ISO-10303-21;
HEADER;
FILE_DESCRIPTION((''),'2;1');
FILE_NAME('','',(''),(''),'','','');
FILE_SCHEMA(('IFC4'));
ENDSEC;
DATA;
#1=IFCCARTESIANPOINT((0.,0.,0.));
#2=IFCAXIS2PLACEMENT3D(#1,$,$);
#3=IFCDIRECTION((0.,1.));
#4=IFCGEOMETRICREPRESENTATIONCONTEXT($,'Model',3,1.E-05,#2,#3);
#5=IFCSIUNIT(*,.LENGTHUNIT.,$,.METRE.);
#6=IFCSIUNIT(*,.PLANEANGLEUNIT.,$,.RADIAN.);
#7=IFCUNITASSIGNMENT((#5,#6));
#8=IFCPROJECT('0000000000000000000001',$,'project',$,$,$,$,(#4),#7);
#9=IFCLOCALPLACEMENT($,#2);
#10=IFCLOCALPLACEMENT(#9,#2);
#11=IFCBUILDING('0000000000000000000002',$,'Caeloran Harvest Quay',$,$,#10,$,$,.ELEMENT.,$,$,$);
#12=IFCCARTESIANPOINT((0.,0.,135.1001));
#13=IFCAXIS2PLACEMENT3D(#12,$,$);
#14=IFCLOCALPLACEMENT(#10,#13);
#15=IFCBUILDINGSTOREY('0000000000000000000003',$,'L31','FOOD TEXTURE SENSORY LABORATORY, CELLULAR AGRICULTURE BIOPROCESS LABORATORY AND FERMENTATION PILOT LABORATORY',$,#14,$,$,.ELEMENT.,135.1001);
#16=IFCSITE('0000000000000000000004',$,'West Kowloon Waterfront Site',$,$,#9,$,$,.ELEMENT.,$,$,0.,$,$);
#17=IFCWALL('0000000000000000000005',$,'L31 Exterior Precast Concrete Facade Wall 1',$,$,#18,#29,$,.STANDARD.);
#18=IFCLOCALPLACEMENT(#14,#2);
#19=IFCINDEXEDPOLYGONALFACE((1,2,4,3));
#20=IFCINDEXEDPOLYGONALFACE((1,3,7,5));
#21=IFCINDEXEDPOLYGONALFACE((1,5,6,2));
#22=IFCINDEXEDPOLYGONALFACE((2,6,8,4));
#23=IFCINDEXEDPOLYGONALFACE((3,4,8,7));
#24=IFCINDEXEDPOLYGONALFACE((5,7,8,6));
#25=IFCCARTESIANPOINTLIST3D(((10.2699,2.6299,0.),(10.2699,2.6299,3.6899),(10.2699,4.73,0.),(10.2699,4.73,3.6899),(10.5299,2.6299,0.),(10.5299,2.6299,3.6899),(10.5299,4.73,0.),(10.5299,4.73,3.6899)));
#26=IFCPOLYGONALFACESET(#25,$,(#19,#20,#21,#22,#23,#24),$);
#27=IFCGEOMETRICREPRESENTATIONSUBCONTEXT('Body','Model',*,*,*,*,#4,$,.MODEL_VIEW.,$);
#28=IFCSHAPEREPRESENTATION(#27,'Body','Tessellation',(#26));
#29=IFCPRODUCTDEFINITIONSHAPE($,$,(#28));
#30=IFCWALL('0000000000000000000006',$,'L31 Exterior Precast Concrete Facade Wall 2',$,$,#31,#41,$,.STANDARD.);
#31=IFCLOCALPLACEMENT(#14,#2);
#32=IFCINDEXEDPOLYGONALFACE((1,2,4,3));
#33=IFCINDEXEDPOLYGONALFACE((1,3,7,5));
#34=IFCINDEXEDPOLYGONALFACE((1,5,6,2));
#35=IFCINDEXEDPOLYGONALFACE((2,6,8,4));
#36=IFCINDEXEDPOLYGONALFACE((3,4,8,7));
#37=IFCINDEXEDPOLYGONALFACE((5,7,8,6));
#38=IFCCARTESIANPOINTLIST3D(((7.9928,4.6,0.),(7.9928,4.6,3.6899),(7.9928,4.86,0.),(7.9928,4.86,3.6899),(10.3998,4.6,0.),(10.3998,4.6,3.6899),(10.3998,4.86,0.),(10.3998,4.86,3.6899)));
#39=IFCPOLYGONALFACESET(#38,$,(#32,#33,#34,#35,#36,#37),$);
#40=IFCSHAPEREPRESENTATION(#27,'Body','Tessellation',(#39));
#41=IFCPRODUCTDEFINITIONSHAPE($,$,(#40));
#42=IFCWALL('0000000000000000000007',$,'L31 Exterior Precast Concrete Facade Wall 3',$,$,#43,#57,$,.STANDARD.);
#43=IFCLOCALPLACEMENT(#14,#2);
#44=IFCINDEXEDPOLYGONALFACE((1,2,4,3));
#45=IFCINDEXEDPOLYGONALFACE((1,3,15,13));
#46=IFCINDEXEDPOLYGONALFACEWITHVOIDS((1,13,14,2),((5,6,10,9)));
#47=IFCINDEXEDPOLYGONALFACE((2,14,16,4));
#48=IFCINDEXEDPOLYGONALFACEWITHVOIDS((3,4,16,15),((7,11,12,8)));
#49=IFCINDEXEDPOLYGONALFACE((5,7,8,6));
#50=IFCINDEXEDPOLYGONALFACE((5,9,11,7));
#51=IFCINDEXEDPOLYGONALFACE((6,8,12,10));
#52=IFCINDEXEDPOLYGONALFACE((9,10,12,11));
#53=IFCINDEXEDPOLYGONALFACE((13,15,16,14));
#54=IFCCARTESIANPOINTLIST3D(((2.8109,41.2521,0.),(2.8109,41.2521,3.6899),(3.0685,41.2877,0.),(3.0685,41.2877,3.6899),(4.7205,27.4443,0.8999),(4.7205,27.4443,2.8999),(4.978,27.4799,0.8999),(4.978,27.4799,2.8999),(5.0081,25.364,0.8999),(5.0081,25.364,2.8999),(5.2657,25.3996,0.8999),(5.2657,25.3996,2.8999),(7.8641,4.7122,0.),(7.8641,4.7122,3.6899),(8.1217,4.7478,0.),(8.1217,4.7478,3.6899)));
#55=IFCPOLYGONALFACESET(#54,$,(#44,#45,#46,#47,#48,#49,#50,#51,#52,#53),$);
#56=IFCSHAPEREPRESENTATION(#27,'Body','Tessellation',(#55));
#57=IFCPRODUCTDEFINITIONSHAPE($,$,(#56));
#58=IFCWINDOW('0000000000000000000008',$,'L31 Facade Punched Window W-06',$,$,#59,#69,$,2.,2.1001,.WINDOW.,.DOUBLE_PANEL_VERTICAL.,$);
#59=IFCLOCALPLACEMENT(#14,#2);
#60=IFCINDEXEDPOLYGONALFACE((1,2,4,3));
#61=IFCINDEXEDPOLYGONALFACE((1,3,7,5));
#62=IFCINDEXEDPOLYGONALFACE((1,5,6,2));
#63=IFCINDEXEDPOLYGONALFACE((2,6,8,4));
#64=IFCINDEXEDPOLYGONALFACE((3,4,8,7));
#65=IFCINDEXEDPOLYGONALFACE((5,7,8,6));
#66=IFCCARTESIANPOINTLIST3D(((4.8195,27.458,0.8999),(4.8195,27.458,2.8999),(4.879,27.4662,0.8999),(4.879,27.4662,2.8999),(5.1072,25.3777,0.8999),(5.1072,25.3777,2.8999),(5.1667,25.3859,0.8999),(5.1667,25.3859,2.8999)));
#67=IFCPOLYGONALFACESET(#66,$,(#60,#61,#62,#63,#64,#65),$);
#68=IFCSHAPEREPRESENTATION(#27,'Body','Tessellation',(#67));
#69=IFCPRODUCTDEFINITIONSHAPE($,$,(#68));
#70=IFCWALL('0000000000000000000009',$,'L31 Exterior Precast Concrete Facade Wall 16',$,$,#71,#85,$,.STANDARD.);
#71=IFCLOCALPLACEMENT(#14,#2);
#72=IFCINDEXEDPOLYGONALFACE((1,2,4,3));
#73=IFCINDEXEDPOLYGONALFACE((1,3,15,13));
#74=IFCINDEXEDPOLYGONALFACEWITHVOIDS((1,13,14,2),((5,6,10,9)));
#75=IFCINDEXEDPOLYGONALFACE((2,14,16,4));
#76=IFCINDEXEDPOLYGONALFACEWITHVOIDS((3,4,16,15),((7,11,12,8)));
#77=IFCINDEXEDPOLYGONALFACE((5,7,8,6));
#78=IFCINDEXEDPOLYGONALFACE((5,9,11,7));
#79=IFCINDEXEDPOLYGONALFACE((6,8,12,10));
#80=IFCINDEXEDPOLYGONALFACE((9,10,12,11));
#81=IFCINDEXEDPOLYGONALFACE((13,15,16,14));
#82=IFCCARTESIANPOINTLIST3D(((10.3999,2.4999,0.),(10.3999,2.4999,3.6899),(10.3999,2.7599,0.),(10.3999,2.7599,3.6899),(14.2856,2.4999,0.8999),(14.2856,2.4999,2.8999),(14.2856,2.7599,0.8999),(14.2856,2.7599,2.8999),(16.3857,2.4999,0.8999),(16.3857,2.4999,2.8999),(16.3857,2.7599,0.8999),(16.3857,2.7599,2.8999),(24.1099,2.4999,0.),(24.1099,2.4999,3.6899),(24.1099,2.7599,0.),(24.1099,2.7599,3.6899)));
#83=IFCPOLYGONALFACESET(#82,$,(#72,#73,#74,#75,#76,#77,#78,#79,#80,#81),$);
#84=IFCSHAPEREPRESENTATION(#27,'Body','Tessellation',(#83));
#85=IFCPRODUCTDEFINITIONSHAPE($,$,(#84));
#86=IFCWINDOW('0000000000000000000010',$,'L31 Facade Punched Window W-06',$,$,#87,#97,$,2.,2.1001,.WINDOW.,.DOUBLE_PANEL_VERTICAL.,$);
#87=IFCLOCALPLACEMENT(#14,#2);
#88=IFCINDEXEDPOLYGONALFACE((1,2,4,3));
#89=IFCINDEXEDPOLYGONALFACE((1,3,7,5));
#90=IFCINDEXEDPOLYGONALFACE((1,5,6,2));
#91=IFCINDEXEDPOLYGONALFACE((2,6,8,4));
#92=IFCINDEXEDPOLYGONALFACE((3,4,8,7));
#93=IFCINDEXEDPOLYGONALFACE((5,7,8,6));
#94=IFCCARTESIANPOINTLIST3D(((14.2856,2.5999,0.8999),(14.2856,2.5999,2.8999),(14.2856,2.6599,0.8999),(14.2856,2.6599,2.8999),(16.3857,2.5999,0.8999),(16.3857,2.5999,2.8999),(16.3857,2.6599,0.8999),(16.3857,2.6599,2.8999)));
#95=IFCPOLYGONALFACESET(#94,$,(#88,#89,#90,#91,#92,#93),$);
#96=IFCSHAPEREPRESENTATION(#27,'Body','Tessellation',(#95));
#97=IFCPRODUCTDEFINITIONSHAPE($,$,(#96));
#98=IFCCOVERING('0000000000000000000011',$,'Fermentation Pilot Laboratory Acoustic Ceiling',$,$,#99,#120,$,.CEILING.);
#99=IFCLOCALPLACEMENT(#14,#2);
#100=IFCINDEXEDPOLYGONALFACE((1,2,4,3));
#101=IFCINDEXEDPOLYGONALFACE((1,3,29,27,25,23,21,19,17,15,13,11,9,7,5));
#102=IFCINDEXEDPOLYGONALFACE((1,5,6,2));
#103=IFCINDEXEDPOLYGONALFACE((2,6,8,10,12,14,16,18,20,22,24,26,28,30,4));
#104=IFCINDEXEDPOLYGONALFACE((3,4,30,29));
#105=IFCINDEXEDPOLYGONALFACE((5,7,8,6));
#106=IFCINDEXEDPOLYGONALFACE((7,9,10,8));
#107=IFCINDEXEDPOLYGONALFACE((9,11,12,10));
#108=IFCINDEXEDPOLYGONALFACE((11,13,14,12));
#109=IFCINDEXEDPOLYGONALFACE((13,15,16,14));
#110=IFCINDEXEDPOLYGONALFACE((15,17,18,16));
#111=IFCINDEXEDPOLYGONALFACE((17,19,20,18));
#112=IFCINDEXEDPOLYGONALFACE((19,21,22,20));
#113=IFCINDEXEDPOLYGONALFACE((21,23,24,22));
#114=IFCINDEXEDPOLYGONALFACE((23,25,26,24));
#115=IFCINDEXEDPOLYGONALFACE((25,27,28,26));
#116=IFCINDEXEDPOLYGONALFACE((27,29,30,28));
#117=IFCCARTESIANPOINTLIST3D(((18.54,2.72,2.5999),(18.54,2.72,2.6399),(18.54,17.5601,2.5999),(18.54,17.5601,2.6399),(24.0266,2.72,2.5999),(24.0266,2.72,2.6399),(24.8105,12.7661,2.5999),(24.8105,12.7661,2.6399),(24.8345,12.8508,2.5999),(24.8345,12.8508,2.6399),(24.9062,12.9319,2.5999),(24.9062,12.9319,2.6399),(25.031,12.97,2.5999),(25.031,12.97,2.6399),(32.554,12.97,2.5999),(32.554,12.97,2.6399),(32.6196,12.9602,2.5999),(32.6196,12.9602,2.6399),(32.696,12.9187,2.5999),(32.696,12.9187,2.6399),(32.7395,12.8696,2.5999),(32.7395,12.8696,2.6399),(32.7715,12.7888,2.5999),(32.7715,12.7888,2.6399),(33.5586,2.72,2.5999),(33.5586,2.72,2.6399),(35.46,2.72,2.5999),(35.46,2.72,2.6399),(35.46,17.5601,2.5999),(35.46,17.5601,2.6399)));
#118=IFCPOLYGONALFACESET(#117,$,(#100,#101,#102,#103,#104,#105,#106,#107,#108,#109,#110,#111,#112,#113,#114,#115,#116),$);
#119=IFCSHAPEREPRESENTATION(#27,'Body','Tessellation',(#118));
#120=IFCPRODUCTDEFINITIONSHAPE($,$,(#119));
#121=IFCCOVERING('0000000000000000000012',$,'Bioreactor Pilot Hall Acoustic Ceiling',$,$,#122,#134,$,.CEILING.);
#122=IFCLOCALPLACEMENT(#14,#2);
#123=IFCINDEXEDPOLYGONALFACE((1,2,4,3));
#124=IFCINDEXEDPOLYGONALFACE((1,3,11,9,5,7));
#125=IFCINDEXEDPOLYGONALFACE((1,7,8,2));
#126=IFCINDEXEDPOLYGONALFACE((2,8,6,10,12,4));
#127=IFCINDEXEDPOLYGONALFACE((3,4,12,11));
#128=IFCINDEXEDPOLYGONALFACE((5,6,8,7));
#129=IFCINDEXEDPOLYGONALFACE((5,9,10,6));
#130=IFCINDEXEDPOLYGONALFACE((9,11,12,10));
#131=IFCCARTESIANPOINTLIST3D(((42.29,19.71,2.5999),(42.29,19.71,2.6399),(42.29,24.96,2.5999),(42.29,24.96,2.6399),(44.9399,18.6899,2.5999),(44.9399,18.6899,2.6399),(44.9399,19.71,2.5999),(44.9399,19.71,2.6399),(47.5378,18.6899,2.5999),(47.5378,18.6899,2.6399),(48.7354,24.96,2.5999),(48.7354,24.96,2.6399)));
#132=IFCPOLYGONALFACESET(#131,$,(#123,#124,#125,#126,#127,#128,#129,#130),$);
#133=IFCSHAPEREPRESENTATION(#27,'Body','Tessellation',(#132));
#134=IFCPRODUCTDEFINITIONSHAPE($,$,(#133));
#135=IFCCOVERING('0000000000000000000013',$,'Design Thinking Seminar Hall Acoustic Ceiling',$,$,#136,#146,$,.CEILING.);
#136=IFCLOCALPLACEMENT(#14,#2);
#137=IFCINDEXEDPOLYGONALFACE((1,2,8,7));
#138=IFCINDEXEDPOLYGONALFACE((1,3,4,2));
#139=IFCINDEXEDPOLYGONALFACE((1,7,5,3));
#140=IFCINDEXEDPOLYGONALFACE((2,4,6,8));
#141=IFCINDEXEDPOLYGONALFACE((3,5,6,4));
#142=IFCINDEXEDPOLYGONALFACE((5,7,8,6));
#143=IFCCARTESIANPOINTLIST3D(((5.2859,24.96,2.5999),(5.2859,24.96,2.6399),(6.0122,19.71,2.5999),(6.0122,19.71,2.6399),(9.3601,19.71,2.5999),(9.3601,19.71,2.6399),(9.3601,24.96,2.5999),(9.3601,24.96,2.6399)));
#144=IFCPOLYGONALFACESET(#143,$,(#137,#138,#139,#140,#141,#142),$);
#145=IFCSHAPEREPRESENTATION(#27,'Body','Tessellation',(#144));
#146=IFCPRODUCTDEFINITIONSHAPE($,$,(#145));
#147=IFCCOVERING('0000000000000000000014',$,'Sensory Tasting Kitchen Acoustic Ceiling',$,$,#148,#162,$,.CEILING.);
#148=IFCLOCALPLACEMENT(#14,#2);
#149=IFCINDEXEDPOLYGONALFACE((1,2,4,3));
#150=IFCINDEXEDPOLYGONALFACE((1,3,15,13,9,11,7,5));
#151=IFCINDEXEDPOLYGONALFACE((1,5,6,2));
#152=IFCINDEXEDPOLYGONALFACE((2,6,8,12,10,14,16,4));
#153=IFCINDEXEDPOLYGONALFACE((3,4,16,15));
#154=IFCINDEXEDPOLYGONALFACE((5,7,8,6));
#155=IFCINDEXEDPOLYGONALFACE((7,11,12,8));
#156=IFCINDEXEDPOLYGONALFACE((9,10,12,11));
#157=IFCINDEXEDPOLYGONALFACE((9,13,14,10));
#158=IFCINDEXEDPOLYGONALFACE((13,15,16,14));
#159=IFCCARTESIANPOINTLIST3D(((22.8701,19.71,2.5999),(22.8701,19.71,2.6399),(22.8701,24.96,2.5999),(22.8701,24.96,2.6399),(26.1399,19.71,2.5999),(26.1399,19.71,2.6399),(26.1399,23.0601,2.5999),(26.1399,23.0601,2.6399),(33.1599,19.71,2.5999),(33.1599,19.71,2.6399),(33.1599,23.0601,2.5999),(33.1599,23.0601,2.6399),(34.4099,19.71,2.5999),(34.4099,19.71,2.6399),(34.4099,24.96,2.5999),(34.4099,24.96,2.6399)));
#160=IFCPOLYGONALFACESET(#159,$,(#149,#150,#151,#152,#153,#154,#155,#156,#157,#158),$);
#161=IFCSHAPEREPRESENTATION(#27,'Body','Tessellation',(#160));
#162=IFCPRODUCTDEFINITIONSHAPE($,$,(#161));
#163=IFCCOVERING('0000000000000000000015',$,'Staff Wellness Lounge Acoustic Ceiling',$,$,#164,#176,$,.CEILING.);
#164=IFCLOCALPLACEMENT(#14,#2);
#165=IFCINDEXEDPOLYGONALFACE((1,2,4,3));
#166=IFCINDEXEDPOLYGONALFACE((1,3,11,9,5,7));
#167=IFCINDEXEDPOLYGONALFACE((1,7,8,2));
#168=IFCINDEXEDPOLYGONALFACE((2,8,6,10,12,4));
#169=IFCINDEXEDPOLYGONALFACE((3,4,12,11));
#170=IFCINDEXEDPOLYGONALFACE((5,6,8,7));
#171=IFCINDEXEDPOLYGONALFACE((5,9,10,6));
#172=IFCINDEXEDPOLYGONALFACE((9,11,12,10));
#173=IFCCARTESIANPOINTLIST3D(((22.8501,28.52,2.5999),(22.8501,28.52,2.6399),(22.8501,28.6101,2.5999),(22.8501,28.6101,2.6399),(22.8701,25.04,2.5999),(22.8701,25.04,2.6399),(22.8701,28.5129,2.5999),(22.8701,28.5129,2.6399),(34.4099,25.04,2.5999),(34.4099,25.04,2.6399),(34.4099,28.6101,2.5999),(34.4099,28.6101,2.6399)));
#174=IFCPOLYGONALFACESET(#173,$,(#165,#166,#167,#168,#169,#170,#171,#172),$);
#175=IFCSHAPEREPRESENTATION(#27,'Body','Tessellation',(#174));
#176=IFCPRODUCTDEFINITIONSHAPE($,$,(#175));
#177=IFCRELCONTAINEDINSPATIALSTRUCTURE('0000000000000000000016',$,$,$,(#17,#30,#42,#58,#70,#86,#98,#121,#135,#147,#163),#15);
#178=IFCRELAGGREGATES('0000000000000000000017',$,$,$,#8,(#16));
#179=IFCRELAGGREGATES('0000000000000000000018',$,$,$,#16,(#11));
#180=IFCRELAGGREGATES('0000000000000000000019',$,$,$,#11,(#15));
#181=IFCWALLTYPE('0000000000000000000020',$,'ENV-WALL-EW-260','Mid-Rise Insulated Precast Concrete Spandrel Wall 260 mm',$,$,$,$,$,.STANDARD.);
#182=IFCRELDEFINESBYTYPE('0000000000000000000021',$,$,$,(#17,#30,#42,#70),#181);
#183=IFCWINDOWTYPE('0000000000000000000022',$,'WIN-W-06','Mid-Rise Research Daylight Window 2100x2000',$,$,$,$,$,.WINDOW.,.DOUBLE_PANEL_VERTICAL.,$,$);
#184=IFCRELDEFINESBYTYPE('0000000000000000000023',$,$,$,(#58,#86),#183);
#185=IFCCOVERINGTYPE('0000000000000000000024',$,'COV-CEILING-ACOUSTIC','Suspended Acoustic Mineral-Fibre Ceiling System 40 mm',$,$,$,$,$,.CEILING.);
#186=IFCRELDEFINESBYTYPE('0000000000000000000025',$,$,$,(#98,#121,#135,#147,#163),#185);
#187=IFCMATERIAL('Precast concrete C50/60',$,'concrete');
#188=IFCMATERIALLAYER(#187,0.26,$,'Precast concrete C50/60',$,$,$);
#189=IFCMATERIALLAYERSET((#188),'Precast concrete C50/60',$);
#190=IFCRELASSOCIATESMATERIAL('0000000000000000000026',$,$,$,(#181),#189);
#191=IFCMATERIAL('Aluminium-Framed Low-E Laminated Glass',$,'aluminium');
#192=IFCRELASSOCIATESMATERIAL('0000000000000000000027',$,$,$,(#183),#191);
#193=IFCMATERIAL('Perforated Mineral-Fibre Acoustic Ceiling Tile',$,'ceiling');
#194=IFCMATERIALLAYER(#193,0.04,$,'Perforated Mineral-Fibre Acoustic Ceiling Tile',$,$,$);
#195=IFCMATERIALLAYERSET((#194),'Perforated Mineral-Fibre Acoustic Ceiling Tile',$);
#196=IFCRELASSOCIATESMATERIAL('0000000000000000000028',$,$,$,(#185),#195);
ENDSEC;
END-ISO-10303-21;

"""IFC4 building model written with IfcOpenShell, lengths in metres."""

from ifc_helpers import new_model, si_unit, direction, frame, frame_2d, origin, place, context, subcontext, project, spatial, polyline, rectangle, outline, extrude, material, layer, layer_set, type_object, element, fill, save


model = new_model("IFC4")

# Units and contexts
model_context = context("Model", 3, precision=1e-05, world=origin(), true_north=direction((0.0, 1.0)))
body_context = subcontext(model_context, "Body", "Model", "MODEL_VIEW")
ifc_project = project(units=[si_unit("LENGTHUNIT", "METRE"), si_unit("PLANEANGLEUNIT", "RADIAN")], contexts=[model_context])

# Site, building, storey
site_placement = place(None, origin())
site = spatial("IfcSite", under=ifc_project, at=site_placement, Name="West Kowloon Waterfront Site", CompositionType="ELEMENT", RefElevation=0.0)
building_placement = place(site_placement, origin())
building = spatial("IfcBuilding", under=site, at=building_placement, Name="Caeloran Harvest Quay", CompositionType="ELEMENT")
storey_placement = place(building_placement, frame((0.0, 0.0, 135.1001)))
storey = spatial("IfcBuildingStorey", under=building, at=storey_placement, Name="L31", Description="FOOD TEXTURE SENSORY LABORATORY, CELLULAR AGRICULTURE BIOPROCESS LABORATORY AND FERMENTATION PILOT LABORATORY", CompositionType="ELEMENT", Elevation=135.1001)

# Walls
ifc_material_1 = material(Name="Precast concrete C50/60", Category="concrete")
ifc_layer_1 = layer(ifc_material_1, 0.26, Name="Precast concrete C50/60")
ifc_layer_set_1 = layer_set([ifc_layer_1], Name="Precast concrete C50/60")
wall_type = type_object("IfcWallType", Name="ENV-WALL-EW-260", Description="Mid-Rise Insulated Precast Concrete Spandrel Wall 260 mm", PredefinedType="STANDARD", material=ifc_layer_set_1)
wall_1_placement = place(storey_placement, frame((10.3999, 2.6299, 0.0), z_axis=(0.0, 0.0, 1.0), x_axis=(0.0, 1.0, 0.0)))
element("IfcWall", 1, at=wall_1_placement, inside=storey, type_object=wall_type, Name="L31 Exterior Precast Concrete Facade Wall 1", PredefinedType="STANDARD", context=body_context, shape_type="SweptSolid", body=[
    extrude(rectangle(XDim=2.1001, YDim=0.26, at=frame_2d((1.05, 0.0))), origin(), (0.0, 0.0, 1.0), 3.6899),
])
wall_2_placement = place(storey_placement, frame((10.3999, 4.73, 0.0), z_axis=(0.0, 0.0, 1.0), x_axis=(-1.0, 0.0, 0.0)))
element("IfcWall", 2, at=wall_2_placement, inside=storey, type_object=wall_type, Name="L31 Exterior Precast Concrete Facade Wall 2", PredefinedType="STANDARD", context=body_context, shape_type="SweptSolid", body=[
    extrude(rectangle(XDim=2.407, YDim=0.26, at=frame_2d((1.2036, 0.0))), origin(), (0.0, 0.0, 1.0), 3.6899),
])

# Walls, openings, windows
wall_3_placement = place(storey_placement, frame((7.9929, 4.73, 0.0), z_axis=(0.0, 0.0, 1.0), x_axis=(-0.136989, 0.990573, 0.0)))
wall_3 = element("IfcWall", 3, at=wall_3_placement, inside=storey, type_object=wall_type, Name="L31 Exterior Precast Concrete Facade Wall 3", PredefinedType="STANDARD", context=body_context, shape_type="SweptSolid", body=[
    extrude(rectangle(XDim=36.8877, YDim=0.26, at=frame_2d((18.4438, 0.0))), origin(), (0.0, 0.0, 1.0), 3.6899),
])
opening_1_placement = place(wall_3_placement, frame((20.8484, 0.0, 0.8999)))
opening_1 = element("IfcOpeningElement", 4, at=opening_1_placement, cuts=wall_3, PredefinedType="OPENING", context=body_context, shape_type="SweptSolid", body=[
    extrude(rectangle(XDim=2.1001, YDim=2.0, at=frame_2d((1.05, 1.0))), frame((0.0, 0.1401, 0.0), z_axis=(0.0, -1.0, 0.0), x_axis=(1.0, 0.0, 0.0)), (0.0, 0.0, 1.0), 0.28),
])
ifc_material_2 = material(Name="Aluminium-Framed Low-E Laminated Glass", Category="aluminium")
window_type = type_object("IfcWindowType", Name="WIN-W-06", Description="Mid-Rise Research Daylight Window 2100x2000", PartitioningType="DOUBLE_PANEL_VERTICAL", PredefinedType="WINDOW", material=ifc_material_2)
window_1_placement = place(opening_1_placement, origin())
window_1 = element("IfcWindow", 5, at=window_1_placement, inside=storey, type_object=window_type, Name="L31 Facade Punched Window W-06", OverallHeight=2.0, OverallWidth=2.1001, PartitioningType="DOUBLE_PANEL_VERTICAL", PredefinedType="WINDOW", context=body_context, shape_type="SweptSolid", body=[
    extrude(rectangle(XDim=2.1001, YDim=2.0, at=frame_2d((1.05, 1.0))), frame((0.0, 0.03, 0.0), z_axis=(0.0, -1.0, 0.0), x_axis=(1.0, 0.0, 0.0)), (0.0, 0.0, 1.0), 0.0601),
])
fill(opening_1, window_1)
wall_4_placement = place(storey_placement, frame((24.1099, 2.6299, 0.0), z_axis=(0.0, 0.0, 1.0), x_axis=(-1.0, 0.0, 0.0)))
wall_4 = element("IfcWall", 6, at=wall_4_placement, inside=storey, type_object=wall_type, Name="L31 Exterior Precast Concrete Facade Wall 16", PredefinedType="STANDARD", context=body_context, shape_type="SweptSolid", body=[
    extrude(rectangle(XDim=13.71, YDim=0.26, at=frame_2d((6.855, 0.0))), origin(), (0.0, 0.0, 1.0), 3.6899),
])
opening_2_placement = place(wall_4_placement, frame((7.7241, 0.0, 0.8999)))
opening_2 = element("IfcOpeningElement", 7, at=opening_2_placement, cuts=wall_4, PredefinedType="OPENING", context=body_context, shape_type="SweptSolid", body=[
    extrude(rectangle(XDim=2.1001, YDim=2.0, at=frame_2d((1.05, 1.0))), frame((0.0, 0.1401, 0.0), z_axis=(0.0, -1.0, 0.0), x_axis=(1.0, 0.0, 0.0)), (0.0, 0.0, 1.0), 0.28),
])
window_2_placement = place(opening_2_placement, origin())
window_2 = element("IfcWindow", 8, at=window_2_placement, inside=storey, type_object=window_type, Name="L31 Facade Punched Window W-06", OverallHeight=2.0, OverallWidth=2.1001, PartitioningType="DOUBLE_PANEL_VERTICAL", PredefinedType="WINDOW", context=body_context, shape_type="SweptSolid", body=[
    extrude(rectangle(XDim=2.1001, YDim=2.0, at=frame_2d((1.05, 1.0))), frame((0.0, 0.03, 0.0), z_axis=(0.0, -1.0, 0.0), x_axis=(1.0, 0.0, 0.0)), (0.0, 0.0, 1.0), 0.0601),
])
fill(opening_2, window_2)

# Coverings
ifc_material_3 = material(Name="Perforated Mineral-Fibre Acoustic Ceiling Tile", Category="ceiling")
ifc_layer_2 = layer(ifc_material_3, 0.04, Name="Perforated Mineral-Fibre Acoustic Ceiling Tile")
ifc_layer_set_2 = layer_set([ifc_layer_2], Name="Perforated Mineral-Fibre Acoustic Ceiling Tile")
covering_type_1 = type_object("IfcCoveringType", Name="COV-CEILING-ACOUSTIC", Description="Suspended Acoustic Mineral-Fibre Ceiling System 40 mm", PredefinedType="CEILING", material=ifc_layer_set_2)
covering_1_placement = place(storey_placement, frame((0.0, 0.0, 2.5999)))
element("IfcCovering", 9, at=covering_1_placement, inside=storey, type_object=covering_type_1, Name="Fermentation Pilot Laboratory Acoustic Ceiling", PredefinedType="CEILING", context=body_context, shape_type="SweptSolid", body=[
    extrude(outline(polyline([(32.7715, 12.7888), (32.7395, 12.8696), (32.696, 12.9187), (32.6196, 12.9602), (32.554, 12.97), (25.031, 12.97), (24.9062, 12.9319), (24.8345, 12.8508), (24.8105, 12.7661), (24.0266, 2.72), (18.54, 2.72), (18.54, 17.5601), (35.46, 17.5601), (35.46, 2.72), (33.5586, 2.72), (32.7715, 12.7888)])), origin(), (0.0, 0.0, 1.0), 0.04),
])
covering_2_placement = place(storey_placement, frame((0.0, 0.0, 2.5999)))
element("IfcCovering", 10, at=covering_2_placement, inside=storey, type_object=covering_type_1, Name="Bioreactor Pilot Hall Acoustic Ceiling", PredefinedType="CEILING", context=body_context, shape_type="SweptSolid", body=[
    extrude(outline(polyline([(44.9399, 19.71), (42.29, 19.71), (42.29, 24.96), (48.7354, 24.96), (47.5378, 18.6899), (44.9399, 18.6899), (44.9399, 19.71)])), origin(), (0.0, 0.0, 1.0), 0.04),
])
covering_3_placement = place(storey_placement, frame((0.0, 0.0, 2.5999)))
element("IfcCovering", 11, at=covering_3_placement, inside=storey, type_object=covering_type_1, Name="Design Thinking Seminar Hall Acoustic Ceiling", PredefinedType="CEILING", context=body_context, shape_type="SweptSolid", body=[
    extrude(outline(polyline([(9.3601, 19.71), (6.0122, 19.71), (5.2859, 24.96), (9.3601, 24.96), (9.3601, 19.71)])), origin(), (0.0, 0.0, 1.0), 0.04),
])
covering_4_placement = place(storey_placement, frame((0.0, 0.0, 2.5999)))
element("IfcCovering", 12, at=covering_4_placement, inside=storey, type_object=covering_type_1, Name="Sensory Tasting Kitchen Acoustic Ceiling", PredefinedType="CEILING", context=body_context, shape_type="SweptSolid", body=[
    extrude(outline(polyline([(26.1399, 23.0601), (26.1399, 19.71), (22.8701, 19.71), (22.8701, 24.96), (34.4099, 24.96), (34.4099, 19.71), (33.1599, 19.71), (33.1599, 23.0601), (26.1399, 23.0601)])), origin(), (0.0, 0.0, 1.0), 0.04),
])
covering_5_placement = place(storey_placement, frame((0.0, 0.0, 2.5999)))
element("IfcCovering", 13, at=covering_5_placement, inside=storey, type_object=covering_type_1, Name="Staff Wellness Lounge Acoustic Ceiling", PredefinedType="CEILING", context=body_context, shape_type="SweptSolid", body=[
    extrude(outline(polyline([(22.8701, 28.5129), (22.8501, 28.52), (22.8501, 28.6101), (34.4099, 28.6101), (34.4099, 25.04), (22.8701, 25.04), (22.8701, 28.5129)])), origin(), (0.0, 0.0, 1.0), 0.04),
])

save(model, "model.ifc")
